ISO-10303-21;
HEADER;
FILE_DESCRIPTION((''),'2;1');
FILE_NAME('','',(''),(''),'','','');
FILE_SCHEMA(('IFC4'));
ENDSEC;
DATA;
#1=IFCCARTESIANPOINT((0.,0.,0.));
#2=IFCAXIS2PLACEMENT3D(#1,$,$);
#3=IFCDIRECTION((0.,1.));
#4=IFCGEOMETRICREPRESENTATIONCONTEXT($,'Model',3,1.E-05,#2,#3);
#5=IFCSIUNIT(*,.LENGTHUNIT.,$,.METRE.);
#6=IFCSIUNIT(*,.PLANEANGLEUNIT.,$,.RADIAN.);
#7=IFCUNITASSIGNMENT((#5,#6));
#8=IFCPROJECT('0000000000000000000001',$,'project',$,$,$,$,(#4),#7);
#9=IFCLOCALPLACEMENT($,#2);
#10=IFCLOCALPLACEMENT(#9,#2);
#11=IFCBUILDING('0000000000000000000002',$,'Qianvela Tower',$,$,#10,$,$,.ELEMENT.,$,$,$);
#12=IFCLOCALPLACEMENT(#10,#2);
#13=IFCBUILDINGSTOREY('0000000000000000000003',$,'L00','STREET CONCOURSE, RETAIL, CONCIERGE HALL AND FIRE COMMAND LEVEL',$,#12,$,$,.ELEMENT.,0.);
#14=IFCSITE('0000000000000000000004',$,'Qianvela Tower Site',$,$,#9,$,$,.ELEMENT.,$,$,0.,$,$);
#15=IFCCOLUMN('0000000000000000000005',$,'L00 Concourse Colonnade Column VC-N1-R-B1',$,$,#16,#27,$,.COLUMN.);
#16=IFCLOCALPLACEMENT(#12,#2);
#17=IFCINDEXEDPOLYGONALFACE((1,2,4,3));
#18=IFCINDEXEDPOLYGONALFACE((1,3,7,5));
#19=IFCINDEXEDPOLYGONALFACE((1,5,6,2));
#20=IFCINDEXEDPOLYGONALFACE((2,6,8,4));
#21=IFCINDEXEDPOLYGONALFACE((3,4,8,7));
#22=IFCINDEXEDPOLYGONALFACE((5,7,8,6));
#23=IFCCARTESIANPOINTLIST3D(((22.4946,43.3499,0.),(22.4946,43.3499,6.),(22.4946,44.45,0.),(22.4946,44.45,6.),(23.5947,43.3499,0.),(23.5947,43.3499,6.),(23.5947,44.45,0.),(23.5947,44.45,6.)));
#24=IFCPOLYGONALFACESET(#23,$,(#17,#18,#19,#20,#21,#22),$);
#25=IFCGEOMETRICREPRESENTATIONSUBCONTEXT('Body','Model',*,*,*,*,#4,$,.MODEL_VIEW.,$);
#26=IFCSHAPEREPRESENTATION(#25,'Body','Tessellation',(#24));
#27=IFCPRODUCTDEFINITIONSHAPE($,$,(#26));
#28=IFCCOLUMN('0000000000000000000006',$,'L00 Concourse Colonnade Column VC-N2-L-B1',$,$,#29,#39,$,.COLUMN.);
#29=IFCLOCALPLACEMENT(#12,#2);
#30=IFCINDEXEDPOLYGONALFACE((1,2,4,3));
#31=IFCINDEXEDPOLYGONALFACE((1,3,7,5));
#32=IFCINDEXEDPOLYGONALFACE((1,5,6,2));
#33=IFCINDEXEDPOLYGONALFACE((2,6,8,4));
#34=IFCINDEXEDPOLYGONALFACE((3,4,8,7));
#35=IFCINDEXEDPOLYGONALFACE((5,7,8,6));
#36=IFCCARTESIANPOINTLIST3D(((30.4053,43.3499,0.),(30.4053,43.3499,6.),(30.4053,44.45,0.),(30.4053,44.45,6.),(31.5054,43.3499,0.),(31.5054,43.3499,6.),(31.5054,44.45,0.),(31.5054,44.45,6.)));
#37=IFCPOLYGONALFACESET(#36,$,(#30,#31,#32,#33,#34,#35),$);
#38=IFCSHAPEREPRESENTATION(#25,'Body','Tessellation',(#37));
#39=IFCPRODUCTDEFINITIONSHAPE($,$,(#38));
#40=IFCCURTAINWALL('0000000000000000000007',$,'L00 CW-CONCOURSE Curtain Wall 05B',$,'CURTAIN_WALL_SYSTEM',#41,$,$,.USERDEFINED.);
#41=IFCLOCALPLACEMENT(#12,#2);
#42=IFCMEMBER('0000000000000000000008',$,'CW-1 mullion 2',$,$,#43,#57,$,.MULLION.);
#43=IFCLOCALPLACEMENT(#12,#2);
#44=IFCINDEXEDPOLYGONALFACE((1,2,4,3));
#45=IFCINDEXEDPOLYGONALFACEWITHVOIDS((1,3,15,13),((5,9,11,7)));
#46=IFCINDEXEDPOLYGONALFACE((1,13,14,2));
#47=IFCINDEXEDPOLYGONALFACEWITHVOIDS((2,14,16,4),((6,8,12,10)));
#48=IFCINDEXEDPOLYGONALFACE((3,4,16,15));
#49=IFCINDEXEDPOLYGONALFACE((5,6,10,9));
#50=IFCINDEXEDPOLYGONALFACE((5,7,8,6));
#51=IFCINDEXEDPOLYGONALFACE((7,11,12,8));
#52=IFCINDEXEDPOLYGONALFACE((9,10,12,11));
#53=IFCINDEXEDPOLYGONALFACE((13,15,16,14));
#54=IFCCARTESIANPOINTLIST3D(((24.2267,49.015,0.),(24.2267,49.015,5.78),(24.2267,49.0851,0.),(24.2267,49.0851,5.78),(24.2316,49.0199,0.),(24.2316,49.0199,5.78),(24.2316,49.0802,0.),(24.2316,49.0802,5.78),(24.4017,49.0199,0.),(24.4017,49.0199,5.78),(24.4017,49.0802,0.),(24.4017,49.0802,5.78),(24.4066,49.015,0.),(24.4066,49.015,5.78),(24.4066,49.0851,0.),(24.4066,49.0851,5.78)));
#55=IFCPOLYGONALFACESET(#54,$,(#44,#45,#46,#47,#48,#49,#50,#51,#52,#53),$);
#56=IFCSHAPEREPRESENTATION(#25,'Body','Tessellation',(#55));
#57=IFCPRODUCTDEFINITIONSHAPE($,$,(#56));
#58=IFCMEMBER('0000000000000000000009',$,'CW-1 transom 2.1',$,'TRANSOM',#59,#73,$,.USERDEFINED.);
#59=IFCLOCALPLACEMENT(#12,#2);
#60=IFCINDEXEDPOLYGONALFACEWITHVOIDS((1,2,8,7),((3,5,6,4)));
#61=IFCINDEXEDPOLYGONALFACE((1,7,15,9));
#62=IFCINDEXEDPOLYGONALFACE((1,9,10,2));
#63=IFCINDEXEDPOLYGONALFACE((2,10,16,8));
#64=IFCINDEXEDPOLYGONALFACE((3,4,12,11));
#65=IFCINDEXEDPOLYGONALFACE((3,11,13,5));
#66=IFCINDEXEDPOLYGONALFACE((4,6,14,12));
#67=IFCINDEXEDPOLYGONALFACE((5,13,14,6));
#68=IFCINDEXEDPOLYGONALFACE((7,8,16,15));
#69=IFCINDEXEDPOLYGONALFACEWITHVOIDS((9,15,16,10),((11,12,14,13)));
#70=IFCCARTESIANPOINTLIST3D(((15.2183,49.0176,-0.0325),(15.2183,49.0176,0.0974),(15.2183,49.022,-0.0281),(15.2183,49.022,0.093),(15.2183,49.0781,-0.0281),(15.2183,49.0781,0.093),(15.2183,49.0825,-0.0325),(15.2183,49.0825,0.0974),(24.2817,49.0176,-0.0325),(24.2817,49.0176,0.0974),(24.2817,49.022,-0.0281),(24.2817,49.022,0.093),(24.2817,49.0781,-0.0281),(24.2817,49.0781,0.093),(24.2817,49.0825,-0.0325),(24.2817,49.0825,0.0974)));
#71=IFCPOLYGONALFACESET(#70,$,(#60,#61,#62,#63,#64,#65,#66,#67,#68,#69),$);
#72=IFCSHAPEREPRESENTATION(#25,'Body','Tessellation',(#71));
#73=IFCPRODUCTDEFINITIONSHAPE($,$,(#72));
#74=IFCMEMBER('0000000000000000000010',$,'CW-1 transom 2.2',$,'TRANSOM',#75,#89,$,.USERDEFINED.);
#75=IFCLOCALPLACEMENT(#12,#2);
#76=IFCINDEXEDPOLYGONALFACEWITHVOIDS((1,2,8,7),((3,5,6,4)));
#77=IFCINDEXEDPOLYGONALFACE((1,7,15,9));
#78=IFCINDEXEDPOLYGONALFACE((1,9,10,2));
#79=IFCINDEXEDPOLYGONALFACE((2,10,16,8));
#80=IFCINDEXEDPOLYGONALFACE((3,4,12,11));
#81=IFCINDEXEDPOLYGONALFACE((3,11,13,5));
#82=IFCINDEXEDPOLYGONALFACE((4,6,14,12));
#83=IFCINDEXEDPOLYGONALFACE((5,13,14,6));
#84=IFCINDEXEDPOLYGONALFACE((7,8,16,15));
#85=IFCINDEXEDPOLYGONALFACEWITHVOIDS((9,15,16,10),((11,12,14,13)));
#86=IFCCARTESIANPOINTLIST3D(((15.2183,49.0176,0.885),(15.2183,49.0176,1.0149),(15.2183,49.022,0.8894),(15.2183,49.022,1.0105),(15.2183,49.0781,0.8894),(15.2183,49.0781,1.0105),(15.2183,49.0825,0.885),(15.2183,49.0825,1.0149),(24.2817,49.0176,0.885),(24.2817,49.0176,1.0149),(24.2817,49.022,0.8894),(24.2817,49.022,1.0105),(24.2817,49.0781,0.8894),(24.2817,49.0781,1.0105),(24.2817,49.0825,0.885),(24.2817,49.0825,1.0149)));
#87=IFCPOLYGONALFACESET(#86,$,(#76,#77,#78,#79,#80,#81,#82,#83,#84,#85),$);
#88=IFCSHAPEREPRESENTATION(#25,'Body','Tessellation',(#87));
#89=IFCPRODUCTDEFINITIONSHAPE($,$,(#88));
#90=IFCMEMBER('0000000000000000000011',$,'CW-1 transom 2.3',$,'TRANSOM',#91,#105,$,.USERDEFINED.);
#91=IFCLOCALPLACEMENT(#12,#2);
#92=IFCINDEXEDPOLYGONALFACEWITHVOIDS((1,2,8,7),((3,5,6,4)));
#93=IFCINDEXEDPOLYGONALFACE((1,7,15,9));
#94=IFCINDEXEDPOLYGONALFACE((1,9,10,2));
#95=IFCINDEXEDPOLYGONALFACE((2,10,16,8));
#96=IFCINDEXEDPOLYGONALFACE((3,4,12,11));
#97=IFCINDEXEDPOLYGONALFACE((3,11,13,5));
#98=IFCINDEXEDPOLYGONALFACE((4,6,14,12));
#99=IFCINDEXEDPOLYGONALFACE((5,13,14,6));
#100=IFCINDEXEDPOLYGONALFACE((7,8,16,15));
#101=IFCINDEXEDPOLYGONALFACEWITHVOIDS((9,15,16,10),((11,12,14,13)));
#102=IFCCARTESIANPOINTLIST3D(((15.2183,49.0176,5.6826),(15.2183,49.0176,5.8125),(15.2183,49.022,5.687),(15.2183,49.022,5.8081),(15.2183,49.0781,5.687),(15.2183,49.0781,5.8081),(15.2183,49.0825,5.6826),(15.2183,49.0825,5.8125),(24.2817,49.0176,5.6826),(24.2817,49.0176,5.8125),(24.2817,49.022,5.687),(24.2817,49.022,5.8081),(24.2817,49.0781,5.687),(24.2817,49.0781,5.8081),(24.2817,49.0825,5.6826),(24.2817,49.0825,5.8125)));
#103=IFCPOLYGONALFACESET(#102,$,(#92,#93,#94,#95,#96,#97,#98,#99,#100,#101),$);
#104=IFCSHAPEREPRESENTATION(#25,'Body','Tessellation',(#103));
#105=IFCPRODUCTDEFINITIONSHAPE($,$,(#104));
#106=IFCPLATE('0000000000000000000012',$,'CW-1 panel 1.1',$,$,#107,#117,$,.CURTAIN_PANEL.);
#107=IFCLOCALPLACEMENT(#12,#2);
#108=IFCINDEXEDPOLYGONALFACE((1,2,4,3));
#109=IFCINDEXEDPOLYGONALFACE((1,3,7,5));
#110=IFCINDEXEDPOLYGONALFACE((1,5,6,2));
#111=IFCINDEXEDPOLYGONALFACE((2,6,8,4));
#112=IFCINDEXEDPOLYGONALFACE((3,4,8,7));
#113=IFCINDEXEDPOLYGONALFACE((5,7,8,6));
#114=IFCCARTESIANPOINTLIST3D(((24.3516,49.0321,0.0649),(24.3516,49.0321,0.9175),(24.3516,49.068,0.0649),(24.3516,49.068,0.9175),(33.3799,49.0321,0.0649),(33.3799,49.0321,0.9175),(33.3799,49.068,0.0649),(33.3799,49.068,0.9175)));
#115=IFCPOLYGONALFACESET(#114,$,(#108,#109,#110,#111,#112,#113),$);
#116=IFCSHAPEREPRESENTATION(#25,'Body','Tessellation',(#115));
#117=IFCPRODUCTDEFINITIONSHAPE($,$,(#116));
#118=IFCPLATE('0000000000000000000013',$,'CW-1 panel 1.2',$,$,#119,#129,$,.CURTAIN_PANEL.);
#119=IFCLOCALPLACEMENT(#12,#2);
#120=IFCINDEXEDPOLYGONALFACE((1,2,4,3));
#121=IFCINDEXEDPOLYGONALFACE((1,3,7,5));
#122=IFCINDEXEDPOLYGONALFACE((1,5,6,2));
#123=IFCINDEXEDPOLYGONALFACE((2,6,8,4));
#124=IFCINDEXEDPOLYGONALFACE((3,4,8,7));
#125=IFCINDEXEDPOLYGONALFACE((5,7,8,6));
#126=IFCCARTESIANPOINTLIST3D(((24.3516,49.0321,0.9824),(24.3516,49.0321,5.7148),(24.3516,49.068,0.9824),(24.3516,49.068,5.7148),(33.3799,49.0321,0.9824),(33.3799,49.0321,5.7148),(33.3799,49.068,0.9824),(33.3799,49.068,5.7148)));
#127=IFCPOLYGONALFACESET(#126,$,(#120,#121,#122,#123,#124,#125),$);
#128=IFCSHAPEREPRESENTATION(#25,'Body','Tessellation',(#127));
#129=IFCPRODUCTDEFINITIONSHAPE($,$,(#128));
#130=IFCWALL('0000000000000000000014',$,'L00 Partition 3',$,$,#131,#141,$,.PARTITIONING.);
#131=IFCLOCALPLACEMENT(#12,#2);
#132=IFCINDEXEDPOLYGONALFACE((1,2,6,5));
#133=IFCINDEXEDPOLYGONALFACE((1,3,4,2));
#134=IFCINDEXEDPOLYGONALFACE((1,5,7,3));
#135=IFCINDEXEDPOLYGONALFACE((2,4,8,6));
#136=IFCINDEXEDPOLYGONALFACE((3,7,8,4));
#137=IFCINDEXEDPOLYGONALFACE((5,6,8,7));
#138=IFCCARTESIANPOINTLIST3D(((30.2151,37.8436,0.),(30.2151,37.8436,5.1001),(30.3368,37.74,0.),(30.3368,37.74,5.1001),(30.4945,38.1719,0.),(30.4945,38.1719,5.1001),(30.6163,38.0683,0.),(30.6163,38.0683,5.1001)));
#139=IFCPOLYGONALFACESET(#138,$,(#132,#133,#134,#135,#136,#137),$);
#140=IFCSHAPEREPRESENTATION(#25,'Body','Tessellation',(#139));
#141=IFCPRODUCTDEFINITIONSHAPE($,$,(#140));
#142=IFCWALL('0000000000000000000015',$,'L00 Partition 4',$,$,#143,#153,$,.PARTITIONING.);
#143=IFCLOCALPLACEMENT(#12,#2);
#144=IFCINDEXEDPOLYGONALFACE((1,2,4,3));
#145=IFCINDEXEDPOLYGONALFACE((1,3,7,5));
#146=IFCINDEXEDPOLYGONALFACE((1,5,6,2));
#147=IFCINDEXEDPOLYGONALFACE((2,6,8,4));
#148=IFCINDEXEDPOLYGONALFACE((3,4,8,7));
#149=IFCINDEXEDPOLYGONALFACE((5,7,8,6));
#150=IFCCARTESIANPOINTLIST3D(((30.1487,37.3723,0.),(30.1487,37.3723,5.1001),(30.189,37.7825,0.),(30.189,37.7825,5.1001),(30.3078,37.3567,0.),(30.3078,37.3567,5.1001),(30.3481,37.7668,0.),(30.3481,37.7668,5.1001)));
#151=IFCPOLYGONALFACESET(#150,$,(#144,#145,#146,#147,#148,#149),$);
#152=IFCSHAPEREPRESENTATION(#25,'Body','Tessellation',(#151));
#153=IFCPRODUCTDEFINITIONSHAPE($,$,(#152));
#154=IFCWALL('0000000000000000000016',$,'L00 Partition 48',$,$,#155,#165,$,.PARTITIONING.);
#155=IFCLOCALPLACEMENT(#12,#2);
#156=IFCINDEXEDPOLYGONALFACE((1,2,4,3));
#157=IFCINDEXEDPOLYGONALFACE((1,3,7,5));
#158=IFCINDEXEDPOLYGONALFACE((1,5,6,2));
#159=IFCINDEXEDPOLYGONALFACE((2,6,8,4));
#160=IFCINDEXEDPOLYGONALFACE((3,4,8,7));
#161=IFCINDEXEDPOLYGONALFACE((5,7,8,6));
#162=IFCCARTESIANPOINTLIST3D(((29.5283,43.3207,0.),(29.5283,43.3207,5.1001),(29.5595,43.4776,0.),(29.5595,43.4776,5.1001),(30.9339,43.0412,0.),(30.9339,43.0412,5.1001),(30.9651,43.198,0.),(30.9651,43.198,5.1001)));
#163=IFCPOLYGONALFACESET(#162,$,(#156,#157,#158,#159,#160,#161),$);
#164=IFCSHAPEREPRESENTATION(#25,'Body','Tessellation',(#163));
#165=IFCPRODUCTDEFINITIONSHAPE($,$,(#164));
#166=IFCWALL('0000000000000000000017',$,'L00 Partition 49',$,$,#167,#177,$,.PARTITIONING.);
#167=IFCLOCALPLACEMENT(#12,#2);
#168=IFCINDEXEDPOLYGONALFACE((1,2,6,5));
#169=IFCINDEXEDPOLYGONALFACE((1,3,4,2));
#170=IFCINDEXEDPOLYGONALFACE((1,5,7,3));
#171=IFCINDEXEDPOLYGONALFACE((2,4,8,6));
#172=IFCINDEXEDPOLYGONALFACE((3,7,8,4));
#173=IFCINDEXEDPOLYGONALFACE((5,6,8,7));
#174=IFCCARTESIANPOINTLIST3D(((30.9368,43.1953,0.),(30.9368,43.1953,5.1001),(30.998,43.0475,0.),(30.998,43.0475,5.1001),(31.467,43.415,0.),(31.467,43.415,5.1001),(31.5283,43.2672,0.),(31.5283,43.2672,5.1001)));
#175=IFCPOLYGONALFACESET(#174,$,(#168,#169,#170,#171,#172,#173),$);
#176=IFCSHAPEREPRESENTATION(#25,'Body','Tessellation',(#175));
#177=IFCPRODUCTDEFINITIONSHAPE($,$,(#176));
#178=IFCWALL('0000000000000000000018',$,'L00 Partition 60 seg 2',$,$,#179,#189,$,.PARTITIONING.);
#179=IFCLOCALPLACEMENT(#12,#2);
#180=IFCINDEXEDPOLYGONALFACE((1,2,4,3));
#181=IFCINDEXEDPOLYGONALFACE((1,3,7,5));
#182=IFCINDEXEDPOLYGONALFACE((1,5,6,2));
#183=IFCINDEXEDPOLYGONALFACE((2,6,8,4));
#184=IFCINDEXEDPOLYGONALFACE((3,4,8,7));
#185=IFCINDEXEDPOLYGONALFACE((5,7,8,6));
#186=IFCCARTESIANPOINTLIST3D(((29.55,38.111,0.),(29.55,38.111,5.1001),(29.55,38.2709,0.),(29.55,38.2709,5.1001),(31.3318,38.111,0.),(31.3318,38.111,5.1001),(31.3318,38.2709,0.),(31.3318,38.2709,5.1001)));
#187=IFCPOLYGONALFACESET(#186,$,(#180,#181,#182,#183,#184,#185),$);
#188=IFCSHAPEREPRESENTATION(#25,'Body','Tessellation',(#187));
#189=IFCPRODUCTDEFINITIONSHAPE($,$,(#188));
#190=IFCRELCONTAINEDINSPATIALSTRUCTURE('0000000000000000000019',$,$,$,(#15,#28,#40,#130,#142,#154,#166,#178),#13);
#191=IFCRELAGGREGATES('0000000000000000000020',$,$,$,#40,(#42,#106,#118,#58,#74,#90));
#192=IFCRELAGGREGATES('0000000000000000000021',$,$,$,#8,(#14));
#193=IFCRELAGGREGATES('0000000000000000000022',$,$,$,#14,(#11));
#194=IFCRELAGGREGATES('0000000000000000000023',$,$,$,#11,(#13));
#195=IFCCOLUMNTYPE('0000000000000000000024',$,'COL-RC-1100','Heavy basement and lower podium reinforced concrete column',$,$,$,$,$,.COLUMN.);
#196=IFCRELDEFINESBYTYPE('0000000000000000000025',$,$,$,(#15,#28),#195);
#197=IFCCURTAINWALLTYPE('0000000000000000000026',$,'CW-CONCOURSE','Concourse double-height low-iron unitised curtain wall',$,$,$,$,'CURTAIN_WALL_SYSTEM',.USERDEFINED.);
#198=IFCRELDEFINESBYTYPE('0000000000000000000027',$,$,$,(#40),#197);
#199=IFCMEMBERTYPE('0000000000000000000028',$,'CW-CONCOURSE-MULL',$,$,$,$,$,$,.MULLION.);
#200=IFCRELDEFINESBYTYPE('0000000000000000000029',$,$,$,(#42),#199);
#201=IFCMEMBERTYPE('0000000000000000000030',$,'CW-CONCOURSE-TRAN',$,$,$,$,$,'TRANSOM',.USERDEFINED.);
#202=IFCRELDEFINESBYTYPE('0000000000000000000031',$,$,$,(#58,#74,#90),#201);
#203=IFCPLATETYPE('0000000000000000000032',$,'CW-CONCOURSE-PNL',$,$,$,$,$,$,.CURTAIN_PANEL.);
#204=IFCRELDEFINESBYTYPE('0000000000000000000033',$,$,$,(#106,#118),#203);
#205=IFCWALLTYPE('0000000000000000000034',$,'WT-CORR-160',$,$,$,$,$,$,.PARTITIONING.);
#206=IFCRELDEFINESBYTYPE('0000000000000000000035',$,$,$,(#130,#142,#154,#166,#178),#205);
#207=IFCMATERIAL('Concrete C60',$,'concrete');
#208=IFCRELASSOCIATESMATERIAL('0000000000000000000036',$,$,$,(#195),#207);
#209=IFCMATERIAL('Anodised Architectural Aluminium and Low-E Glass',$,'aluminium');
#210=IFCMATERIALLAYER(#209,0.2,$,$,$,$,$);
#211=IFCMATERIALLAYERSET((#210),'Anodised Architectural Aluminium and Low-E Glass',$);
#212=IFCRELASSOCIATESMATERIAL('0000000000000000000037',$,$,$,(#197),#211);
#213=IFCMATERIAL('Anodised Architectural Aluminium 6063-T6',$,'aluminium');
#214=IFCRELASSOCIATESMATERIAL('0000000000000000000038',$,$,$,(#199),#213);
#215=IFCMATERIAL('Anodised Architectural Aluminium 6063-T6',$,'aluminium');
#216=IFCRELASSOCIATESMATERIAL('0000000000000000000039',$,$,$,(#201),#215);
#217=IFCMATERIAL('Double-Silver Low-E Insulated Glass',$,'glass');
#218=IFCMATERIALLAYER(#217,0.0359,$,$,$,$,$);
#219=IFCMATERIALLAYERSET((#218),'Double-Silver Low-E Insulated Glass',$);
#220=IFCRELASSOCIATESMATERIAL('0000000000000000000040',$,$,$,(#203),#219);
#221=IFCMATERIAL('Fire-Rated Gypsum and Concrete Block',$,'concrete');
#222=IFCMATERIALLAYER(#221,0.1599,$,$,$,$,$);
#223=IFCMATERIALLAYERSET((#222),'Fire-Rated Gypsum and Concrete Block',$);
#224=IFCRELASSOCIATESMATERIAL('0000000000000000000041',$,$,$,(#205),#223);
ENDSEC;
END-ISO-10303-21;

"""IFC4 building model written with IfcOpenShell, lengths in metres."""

from ifc_helpers import new_model, si_unit, direction, frame, frame_2d, origin, origin_2d, place, context, subcontext, project, spatial, rectangle, hollow_rectangle, extrude, material, layer, layer_set, material_profile, profile_set, type_object, element, aggregate, save


model = new_model("IFC4")

# Units and contexts
model_context = context("Model", 3, precision=1e-05, world=origin(), true_north=direction((0.0, 1.0)))
body_context = subcontext(model_context, "Body", "Model", "MODEL_VIEW")
ifc_project = project(units=[si_unit("LENGTHUNIT", "METRE"), si_unit("PLANEANGLEUNIT", "RADIAN")], contexts=[model_context])

# Site, building, storey
site_placement = place(None, origin())
site = spatial("IfcSite", under=ifc_project, at=site_placement, Name="Qianvela Tower Site", CompositionType="ELEMENT", RefElevation=0.0)
building_placement = place(site_placement, origin())
building = spatial("IfcBuilding", under=site, at=building_placement, Name="Qianvela Tower", CompositionType="ELEMENT")
storey_placement = place(building_placement, origin())
storey = spatial("IfcBuildingStorey", under=building, at=storey_placement, Name="L00", Description="STREET CONCOURSE, RETAIL, CONCIERGE HALL AND FIRE COMMAND LEVEL", CompositionType="ELEMENT", Elevation=0.0)

# Columns
ifc_material_1 = material(Name="Concrete C60", Category="concrete")
ifc_material_profile_1 = material_profile(ifc_material_1, rectangle(XDim=1.1001, YDim=1.1001, at=origin_2d()), Name="RC-COL-1100x1100")
ifc_profile_set_1 = profile_set([ifc_material_profile_1], Name="Concrete C60")
column_type = type_object("IfcColumnType", Name="COL-RC-1100", Description="Heavy basement and lower podium reinforced concrete column", PredefinedType="COLUMN", material=ifc_profile_set_1)
for number, where, z_axis, x_axis, name in (
    (1, (23.0447, 43.8999, 0.0), (0.0, 0.0, 1.0), (1.0, 0.0, 0.0), "L00 Concourse Colonnade Column VC-N1-R-B1"),
    (2, (30.9553, 43.8999, 0.0), (0.0, 0.0, 1.0), (1.0, 0.0, 0.0), "L00 Concourse Colonnade Column VC-N2-L-B1"),
):
    element("IfcColumn", number, at=place(storey_placement, frame(where, z_axis=z_axis, x_axis=x_axis)), inside=storey, type_object=column_type, Name=name, PredefinedType="COLUMN", context=body_context, shape_type="SweptSolid", body=[
        extrude(rectangle(XDim=1.1001, YDim=1.1001, at=origin_2d()), origin(), (0.0, 0.0, 1.0), 6.0),
    ])

# Curtain wall, members, plates
ifc_material_2 = material(Name="Anodised Architectural Aluminium and Low-E Glass", Category="aluminium")
ifc_layer_1 = layer(ifc_material_2, 0.2)
ifc_layer_set_1 = layer_set([ifc_layer_1], Name="Anodised Architectural Aluminium and Low-E Glass")
curtain_wall_type = type_object("IfcCurtainWallType", Name="CW-CONCOURSE", Description="Concourse double-height low-iron unitised curtain wall", ElementType="CURTAIN_WALL_SYSTEM", PredefinedType="USERDEFINED", material=ifc_layer_set_1)
curtain_wall_placement = place(storey_placement, origin())
curtain_wall = element("IfcCurtainWall", 3, at=curtain_wall_placement, inside=storey, type_object=curtain_wall_type, Name="L00 CW-CONCOURSE Curtain Wall 05B", ObjectType="CURTAIN_WALL_SYSTEM", PredefinedType="USERDEFINED")
ifc_material_3 = material(Name="Anodised Architectural Aluminium 6063-T6", Category="aluminium")
ifc_material_profile_2 = material_profile(ifc_material_3, hollow_rectangle(XDim=0.0701, YDim=0.1799, WallThickness=0.0049, at=origin_2d()), Name="ALU-MULL-70x180")
ifc_profile_set_2 = profile_set([ifc_material_profile_2], Name="Anodised Architectural Aluminium 6063-T6")
member_type_1 = type_object("IfcMemberType", Name="CW-CONCOURSE-MULL", PredefinedType="MULLION", material=ifc_profile_set_2)
member_1_placement = place(storey_placement, frame((24.3167, 49.05, 0.0), z_axis=(0.0, 0.0, 1.0), x_axis=(0.0, -1.0, 0.0)))
member_1 = element("IfcMember", 4, at=member_1_placement, type_object=member_type_1, Name="CW-1 mullion 2", PredefinedType="MULLION", context=body_context, shape_type="SweptSolid", body=[
    extrude(hollow_rectangle(XDim=0.0701, YDim=0.1799, WallThickness=0.0049, at=origin_2d()), origin(), (0.0, 0.0, 1.0), 5.78),
])
ifc_material_4 = material(Name="Anodised Architectural Aluminium 6063-T6", Category="aluminium")
ifc_material_profile_3 = material_profile(ifc_material_4, hollow_rectangle(XDim=0.0649, YDim=0.1299, WallThickness=0.0044, at=origin_2d()), Name="ALU-TRAN-65x130")
ifc_profile_set_3 = profile_set([ifc_material_profile_3], Name="Anodised Architectural Aluminium 6063-T6")
member_type_2 = type_object("IfcMemberType", Name="CW-CONCOURSE-TRAN", ElementType="TRANSOM", PredefinedType="USERDEFINED", material=ifc_profile_set_3)
member_2_placement = place(storey_placement, frame((24.2817, 49.05, 0.0325), z_axis=(-1.0, 0.0, 0.0), x_axis=(0.0, -1.0, 0.0)))
member_2 = element("IfcMember", 5, at=member_2_placement, type_object=member_type_2, Name="CW-1 transom 2.1", ObjectType="TRANSOM", PredefinedType="USERDEFINED", context=body_context, shape_type="SweptSolid", body=[
    extrude(hollow_rectangle(XDim=0.0649, YDim=0.1299, WallThickness=0.0044, at=origin_2d()), origin(), (0.0, 0.0, 1.0), 9.0635),
])
member_3_placement = place(storey_placement, frame((24.2817, 49.05, 0.95), z_axis=(-1.0, 0.0, 0.0), x_axis=(0.0, -1.0, 0.0)))
member_3 = element("IfcMember", 6, at=member_3_placement, type_object=member_type_2, Name="CW-1 transom 2.2", ObjectType="TRANSOM", PredefinedType="USERDEFINED", context=body_context, shape_type="SweptSolid", body=[
    extrude(hollow_rectangle(XDim=0.0649, YDim=0.1299, WallThickness=0.0044, at=origin_2d()), origin(), (0.0, 0.0, 1.0), 9.0635),
])
member_4_placement = place(storey_placement, frame((24.2817, 49.05, 5.7476), z_axis=(-1.0, 0.0, 0.0), x_axis=(0.0, -1.0, 0.0)))
member_4 = element("IfcMember", 7, at=member_4_placement, type_object=member_type_2, Name="CW-1 transom 2.3", ObjectType="TRANSOM", PredefinedType="USERDEFINED", context=body_context, shape_type="SweptSolid", body=[
    extrude(hollow_rectangle(XDim=0.0649, YDim=0.1299, WallThickness=0.0044, at=origin_2d()), origin(), (0.0, 0.0, 1.0), 9.0635),
])
ifc_material_5 = material(Name="Double-Silver Low-E Insulated Glass", Category="glass")
ifc_layer_2 = layer(ifc_material_5, 0.0359)
ifc_layer_set_2 = layer_set([ifc_layer_2], Name="Double-Silver Low-E Insulated Glass")
plate_type = type_object("IfcPlateType", Name="CW-CONCOURSE-PNL", PredefinedType="CURTAIN_PANEL", material=ifc_layer_set_2)
plate_1_placement = place(storey_placement, frame((28.8657, 49.05, 0.0649), z_axis=(0.0, 0.0, 1.0), x_axis=(-1.0, 0.0, 0.0)))
plate_1 = element("IfcPlate", 8, at=plate_1_placement, type_object=plate_type, Name="CW-1 panel 1.1", PredefinedType="CURTAIN_PANEL", context=body_context, shape_type="SweptSolid", body=[
    extrude(rectangle(XDim=9.0283, YDim=0.0359, at=origin_2d()), origin(), (0.0, 0.0, 1.0), 0.8525),
])
plate_2_placement = place(storey_placement, frame((28.8657, 49.05, 0.9824), z_axis=(0.0, 0.0, 1.0), x_axis=(-1.0, 0.0, 0.0)))
plate_2 = element("IfcPlate", 9, at=plate_2_placement, type_object=plate_type, Name="CW-1 panel 1.2", PredefinedType="CURTAIN_PANEL", context=body_context, shape_type="SweptSolid", body=[
    extrude(rectangle(XDim=9.0283, YDim=0.0359, at=origin_2d()), origin(), (0.0, 0.0, 1.0), 4.7324),
])
aggregate(curtain_wall, [member_1, plate_1, plate_2, member_2, member_3, member_4])

# Walls
ifc_material_6 = material(Name="Fire-Rated Gypsum and Concrete Block", Category="concrete")
ifc_layer_3 = layer(ifc_material_6, 0.1599)
ifc_layer_set_3 = layer_set([ifc_layer_3], Name="Fire-Rated Gypsum and Concrete Block")
wall_type_1 = type_object("IfcWallType", Name="WT-CORR-160", PredefinedType="PARTITIONING", material=ifc_layer_set_3)
wall_1_placement = place(storey_placement, frame((30.5554, 38.1201, 0.0), z_axis=(0.0, 0.0, 1.0), x_axis=(-0.648223, -0.76145, 0.0)))
element("IfcWall", 10, at=wall_1_placement, inside=storey, type_object=wall_type_1, Name="L00 Partition 3", PredefinedType="PARTITIONING", context=body_context, shape_type="SweptSolid", body=[
    extrude(rectangle(XDim=0.4312, YDim=0.1599, at=frame_2d((0.2156, 0.0))), origin(), (0.0, 0.0, 1.0), 5.1001),
])
wall_2_placement = place(storey_placement, frame((30.2686, 37.7747, 0.0), z_axis=(0.0, 0.0, 1.0), x_axis=(-0.097744, -0.995212, 0.0)))
element("IfcWall", 11, at=wall_2_placement, inside=storey, type_object=wall_type_1, Name="L00 Partition 4", PredefinedType="PARTITIONING", context=body_context, shape_type="SweptSolid", body=[
    extrude(rectangle(XDim=0.4121, YDim=0.1599, at=frame_2d((0.2061, 0.0))), origin(), (0.0, 0.0, 1.0), 5.1001),
])

# Walls
wall_3_placement = place(storey_placement, frame((29.5439, 43.3992, 0.0), z_axis=(0.0, 0.0, 1.0), x_axis=(0.98079, -0.195068, 0.0)))
element("IfcWall", 12, at=wall_3_placement, inside=storey, type_object=wall_type_1, Name="L00 Partition 48", PredefinedType="PARTITIONING", context=body_context, shape_type="SweptSolid", body=[
    extrude(rectangle(XDim=1.4331, YDim=0.1599, at=frame_2d((0.7166, 0.0))), origin(), (0.0, 0.0, 1.0), 5.1001),
])
wall_4_placement = place(storey_placement, frame((30.9673, 43.1213, 0.0), z_axis=(0.0, 0.0, 1.0), x_axis=(0.92383, 0.382803, 0.0)))
element("IfcWall", 13, at=wall_4_placement, inside=storey, type_object=wall_type_1, Name="L00 Partition 49", PredefinedType="PARTITIONING", context=body_context, shape_type="SweptSolid", body=[
    extrude(rectangle(XDim=0.574, YDim=0.1599, at=frame_2d((0.2871, 0.0))), origin(), (0.0, 0.0, 1.0), 5.1001),
])
wall_5_placement = place(storey_placement, frame((31.3318, 38.1909, 0.0), z_axis=(0.0, 0.0, 1.0), x_axis=(-1.0, 0.0, 0.0)))
element("IfcWall", 14, at=wall_5_placement, inside=storey, type_object=wall_type_1, Name="L00 Partition 60 seg 2", PredefinedType="PARTITIONING", context=body_context, shape_type="SweptSolid", body=[
    extrude(rectangle(XDim=1.7817, YDim=0.1599, at=frame_2d((0.8909, 0.0))), origin(), (0.0, 0.0, 1.0), 5.1001),
])

save(model, "model.ifc")
